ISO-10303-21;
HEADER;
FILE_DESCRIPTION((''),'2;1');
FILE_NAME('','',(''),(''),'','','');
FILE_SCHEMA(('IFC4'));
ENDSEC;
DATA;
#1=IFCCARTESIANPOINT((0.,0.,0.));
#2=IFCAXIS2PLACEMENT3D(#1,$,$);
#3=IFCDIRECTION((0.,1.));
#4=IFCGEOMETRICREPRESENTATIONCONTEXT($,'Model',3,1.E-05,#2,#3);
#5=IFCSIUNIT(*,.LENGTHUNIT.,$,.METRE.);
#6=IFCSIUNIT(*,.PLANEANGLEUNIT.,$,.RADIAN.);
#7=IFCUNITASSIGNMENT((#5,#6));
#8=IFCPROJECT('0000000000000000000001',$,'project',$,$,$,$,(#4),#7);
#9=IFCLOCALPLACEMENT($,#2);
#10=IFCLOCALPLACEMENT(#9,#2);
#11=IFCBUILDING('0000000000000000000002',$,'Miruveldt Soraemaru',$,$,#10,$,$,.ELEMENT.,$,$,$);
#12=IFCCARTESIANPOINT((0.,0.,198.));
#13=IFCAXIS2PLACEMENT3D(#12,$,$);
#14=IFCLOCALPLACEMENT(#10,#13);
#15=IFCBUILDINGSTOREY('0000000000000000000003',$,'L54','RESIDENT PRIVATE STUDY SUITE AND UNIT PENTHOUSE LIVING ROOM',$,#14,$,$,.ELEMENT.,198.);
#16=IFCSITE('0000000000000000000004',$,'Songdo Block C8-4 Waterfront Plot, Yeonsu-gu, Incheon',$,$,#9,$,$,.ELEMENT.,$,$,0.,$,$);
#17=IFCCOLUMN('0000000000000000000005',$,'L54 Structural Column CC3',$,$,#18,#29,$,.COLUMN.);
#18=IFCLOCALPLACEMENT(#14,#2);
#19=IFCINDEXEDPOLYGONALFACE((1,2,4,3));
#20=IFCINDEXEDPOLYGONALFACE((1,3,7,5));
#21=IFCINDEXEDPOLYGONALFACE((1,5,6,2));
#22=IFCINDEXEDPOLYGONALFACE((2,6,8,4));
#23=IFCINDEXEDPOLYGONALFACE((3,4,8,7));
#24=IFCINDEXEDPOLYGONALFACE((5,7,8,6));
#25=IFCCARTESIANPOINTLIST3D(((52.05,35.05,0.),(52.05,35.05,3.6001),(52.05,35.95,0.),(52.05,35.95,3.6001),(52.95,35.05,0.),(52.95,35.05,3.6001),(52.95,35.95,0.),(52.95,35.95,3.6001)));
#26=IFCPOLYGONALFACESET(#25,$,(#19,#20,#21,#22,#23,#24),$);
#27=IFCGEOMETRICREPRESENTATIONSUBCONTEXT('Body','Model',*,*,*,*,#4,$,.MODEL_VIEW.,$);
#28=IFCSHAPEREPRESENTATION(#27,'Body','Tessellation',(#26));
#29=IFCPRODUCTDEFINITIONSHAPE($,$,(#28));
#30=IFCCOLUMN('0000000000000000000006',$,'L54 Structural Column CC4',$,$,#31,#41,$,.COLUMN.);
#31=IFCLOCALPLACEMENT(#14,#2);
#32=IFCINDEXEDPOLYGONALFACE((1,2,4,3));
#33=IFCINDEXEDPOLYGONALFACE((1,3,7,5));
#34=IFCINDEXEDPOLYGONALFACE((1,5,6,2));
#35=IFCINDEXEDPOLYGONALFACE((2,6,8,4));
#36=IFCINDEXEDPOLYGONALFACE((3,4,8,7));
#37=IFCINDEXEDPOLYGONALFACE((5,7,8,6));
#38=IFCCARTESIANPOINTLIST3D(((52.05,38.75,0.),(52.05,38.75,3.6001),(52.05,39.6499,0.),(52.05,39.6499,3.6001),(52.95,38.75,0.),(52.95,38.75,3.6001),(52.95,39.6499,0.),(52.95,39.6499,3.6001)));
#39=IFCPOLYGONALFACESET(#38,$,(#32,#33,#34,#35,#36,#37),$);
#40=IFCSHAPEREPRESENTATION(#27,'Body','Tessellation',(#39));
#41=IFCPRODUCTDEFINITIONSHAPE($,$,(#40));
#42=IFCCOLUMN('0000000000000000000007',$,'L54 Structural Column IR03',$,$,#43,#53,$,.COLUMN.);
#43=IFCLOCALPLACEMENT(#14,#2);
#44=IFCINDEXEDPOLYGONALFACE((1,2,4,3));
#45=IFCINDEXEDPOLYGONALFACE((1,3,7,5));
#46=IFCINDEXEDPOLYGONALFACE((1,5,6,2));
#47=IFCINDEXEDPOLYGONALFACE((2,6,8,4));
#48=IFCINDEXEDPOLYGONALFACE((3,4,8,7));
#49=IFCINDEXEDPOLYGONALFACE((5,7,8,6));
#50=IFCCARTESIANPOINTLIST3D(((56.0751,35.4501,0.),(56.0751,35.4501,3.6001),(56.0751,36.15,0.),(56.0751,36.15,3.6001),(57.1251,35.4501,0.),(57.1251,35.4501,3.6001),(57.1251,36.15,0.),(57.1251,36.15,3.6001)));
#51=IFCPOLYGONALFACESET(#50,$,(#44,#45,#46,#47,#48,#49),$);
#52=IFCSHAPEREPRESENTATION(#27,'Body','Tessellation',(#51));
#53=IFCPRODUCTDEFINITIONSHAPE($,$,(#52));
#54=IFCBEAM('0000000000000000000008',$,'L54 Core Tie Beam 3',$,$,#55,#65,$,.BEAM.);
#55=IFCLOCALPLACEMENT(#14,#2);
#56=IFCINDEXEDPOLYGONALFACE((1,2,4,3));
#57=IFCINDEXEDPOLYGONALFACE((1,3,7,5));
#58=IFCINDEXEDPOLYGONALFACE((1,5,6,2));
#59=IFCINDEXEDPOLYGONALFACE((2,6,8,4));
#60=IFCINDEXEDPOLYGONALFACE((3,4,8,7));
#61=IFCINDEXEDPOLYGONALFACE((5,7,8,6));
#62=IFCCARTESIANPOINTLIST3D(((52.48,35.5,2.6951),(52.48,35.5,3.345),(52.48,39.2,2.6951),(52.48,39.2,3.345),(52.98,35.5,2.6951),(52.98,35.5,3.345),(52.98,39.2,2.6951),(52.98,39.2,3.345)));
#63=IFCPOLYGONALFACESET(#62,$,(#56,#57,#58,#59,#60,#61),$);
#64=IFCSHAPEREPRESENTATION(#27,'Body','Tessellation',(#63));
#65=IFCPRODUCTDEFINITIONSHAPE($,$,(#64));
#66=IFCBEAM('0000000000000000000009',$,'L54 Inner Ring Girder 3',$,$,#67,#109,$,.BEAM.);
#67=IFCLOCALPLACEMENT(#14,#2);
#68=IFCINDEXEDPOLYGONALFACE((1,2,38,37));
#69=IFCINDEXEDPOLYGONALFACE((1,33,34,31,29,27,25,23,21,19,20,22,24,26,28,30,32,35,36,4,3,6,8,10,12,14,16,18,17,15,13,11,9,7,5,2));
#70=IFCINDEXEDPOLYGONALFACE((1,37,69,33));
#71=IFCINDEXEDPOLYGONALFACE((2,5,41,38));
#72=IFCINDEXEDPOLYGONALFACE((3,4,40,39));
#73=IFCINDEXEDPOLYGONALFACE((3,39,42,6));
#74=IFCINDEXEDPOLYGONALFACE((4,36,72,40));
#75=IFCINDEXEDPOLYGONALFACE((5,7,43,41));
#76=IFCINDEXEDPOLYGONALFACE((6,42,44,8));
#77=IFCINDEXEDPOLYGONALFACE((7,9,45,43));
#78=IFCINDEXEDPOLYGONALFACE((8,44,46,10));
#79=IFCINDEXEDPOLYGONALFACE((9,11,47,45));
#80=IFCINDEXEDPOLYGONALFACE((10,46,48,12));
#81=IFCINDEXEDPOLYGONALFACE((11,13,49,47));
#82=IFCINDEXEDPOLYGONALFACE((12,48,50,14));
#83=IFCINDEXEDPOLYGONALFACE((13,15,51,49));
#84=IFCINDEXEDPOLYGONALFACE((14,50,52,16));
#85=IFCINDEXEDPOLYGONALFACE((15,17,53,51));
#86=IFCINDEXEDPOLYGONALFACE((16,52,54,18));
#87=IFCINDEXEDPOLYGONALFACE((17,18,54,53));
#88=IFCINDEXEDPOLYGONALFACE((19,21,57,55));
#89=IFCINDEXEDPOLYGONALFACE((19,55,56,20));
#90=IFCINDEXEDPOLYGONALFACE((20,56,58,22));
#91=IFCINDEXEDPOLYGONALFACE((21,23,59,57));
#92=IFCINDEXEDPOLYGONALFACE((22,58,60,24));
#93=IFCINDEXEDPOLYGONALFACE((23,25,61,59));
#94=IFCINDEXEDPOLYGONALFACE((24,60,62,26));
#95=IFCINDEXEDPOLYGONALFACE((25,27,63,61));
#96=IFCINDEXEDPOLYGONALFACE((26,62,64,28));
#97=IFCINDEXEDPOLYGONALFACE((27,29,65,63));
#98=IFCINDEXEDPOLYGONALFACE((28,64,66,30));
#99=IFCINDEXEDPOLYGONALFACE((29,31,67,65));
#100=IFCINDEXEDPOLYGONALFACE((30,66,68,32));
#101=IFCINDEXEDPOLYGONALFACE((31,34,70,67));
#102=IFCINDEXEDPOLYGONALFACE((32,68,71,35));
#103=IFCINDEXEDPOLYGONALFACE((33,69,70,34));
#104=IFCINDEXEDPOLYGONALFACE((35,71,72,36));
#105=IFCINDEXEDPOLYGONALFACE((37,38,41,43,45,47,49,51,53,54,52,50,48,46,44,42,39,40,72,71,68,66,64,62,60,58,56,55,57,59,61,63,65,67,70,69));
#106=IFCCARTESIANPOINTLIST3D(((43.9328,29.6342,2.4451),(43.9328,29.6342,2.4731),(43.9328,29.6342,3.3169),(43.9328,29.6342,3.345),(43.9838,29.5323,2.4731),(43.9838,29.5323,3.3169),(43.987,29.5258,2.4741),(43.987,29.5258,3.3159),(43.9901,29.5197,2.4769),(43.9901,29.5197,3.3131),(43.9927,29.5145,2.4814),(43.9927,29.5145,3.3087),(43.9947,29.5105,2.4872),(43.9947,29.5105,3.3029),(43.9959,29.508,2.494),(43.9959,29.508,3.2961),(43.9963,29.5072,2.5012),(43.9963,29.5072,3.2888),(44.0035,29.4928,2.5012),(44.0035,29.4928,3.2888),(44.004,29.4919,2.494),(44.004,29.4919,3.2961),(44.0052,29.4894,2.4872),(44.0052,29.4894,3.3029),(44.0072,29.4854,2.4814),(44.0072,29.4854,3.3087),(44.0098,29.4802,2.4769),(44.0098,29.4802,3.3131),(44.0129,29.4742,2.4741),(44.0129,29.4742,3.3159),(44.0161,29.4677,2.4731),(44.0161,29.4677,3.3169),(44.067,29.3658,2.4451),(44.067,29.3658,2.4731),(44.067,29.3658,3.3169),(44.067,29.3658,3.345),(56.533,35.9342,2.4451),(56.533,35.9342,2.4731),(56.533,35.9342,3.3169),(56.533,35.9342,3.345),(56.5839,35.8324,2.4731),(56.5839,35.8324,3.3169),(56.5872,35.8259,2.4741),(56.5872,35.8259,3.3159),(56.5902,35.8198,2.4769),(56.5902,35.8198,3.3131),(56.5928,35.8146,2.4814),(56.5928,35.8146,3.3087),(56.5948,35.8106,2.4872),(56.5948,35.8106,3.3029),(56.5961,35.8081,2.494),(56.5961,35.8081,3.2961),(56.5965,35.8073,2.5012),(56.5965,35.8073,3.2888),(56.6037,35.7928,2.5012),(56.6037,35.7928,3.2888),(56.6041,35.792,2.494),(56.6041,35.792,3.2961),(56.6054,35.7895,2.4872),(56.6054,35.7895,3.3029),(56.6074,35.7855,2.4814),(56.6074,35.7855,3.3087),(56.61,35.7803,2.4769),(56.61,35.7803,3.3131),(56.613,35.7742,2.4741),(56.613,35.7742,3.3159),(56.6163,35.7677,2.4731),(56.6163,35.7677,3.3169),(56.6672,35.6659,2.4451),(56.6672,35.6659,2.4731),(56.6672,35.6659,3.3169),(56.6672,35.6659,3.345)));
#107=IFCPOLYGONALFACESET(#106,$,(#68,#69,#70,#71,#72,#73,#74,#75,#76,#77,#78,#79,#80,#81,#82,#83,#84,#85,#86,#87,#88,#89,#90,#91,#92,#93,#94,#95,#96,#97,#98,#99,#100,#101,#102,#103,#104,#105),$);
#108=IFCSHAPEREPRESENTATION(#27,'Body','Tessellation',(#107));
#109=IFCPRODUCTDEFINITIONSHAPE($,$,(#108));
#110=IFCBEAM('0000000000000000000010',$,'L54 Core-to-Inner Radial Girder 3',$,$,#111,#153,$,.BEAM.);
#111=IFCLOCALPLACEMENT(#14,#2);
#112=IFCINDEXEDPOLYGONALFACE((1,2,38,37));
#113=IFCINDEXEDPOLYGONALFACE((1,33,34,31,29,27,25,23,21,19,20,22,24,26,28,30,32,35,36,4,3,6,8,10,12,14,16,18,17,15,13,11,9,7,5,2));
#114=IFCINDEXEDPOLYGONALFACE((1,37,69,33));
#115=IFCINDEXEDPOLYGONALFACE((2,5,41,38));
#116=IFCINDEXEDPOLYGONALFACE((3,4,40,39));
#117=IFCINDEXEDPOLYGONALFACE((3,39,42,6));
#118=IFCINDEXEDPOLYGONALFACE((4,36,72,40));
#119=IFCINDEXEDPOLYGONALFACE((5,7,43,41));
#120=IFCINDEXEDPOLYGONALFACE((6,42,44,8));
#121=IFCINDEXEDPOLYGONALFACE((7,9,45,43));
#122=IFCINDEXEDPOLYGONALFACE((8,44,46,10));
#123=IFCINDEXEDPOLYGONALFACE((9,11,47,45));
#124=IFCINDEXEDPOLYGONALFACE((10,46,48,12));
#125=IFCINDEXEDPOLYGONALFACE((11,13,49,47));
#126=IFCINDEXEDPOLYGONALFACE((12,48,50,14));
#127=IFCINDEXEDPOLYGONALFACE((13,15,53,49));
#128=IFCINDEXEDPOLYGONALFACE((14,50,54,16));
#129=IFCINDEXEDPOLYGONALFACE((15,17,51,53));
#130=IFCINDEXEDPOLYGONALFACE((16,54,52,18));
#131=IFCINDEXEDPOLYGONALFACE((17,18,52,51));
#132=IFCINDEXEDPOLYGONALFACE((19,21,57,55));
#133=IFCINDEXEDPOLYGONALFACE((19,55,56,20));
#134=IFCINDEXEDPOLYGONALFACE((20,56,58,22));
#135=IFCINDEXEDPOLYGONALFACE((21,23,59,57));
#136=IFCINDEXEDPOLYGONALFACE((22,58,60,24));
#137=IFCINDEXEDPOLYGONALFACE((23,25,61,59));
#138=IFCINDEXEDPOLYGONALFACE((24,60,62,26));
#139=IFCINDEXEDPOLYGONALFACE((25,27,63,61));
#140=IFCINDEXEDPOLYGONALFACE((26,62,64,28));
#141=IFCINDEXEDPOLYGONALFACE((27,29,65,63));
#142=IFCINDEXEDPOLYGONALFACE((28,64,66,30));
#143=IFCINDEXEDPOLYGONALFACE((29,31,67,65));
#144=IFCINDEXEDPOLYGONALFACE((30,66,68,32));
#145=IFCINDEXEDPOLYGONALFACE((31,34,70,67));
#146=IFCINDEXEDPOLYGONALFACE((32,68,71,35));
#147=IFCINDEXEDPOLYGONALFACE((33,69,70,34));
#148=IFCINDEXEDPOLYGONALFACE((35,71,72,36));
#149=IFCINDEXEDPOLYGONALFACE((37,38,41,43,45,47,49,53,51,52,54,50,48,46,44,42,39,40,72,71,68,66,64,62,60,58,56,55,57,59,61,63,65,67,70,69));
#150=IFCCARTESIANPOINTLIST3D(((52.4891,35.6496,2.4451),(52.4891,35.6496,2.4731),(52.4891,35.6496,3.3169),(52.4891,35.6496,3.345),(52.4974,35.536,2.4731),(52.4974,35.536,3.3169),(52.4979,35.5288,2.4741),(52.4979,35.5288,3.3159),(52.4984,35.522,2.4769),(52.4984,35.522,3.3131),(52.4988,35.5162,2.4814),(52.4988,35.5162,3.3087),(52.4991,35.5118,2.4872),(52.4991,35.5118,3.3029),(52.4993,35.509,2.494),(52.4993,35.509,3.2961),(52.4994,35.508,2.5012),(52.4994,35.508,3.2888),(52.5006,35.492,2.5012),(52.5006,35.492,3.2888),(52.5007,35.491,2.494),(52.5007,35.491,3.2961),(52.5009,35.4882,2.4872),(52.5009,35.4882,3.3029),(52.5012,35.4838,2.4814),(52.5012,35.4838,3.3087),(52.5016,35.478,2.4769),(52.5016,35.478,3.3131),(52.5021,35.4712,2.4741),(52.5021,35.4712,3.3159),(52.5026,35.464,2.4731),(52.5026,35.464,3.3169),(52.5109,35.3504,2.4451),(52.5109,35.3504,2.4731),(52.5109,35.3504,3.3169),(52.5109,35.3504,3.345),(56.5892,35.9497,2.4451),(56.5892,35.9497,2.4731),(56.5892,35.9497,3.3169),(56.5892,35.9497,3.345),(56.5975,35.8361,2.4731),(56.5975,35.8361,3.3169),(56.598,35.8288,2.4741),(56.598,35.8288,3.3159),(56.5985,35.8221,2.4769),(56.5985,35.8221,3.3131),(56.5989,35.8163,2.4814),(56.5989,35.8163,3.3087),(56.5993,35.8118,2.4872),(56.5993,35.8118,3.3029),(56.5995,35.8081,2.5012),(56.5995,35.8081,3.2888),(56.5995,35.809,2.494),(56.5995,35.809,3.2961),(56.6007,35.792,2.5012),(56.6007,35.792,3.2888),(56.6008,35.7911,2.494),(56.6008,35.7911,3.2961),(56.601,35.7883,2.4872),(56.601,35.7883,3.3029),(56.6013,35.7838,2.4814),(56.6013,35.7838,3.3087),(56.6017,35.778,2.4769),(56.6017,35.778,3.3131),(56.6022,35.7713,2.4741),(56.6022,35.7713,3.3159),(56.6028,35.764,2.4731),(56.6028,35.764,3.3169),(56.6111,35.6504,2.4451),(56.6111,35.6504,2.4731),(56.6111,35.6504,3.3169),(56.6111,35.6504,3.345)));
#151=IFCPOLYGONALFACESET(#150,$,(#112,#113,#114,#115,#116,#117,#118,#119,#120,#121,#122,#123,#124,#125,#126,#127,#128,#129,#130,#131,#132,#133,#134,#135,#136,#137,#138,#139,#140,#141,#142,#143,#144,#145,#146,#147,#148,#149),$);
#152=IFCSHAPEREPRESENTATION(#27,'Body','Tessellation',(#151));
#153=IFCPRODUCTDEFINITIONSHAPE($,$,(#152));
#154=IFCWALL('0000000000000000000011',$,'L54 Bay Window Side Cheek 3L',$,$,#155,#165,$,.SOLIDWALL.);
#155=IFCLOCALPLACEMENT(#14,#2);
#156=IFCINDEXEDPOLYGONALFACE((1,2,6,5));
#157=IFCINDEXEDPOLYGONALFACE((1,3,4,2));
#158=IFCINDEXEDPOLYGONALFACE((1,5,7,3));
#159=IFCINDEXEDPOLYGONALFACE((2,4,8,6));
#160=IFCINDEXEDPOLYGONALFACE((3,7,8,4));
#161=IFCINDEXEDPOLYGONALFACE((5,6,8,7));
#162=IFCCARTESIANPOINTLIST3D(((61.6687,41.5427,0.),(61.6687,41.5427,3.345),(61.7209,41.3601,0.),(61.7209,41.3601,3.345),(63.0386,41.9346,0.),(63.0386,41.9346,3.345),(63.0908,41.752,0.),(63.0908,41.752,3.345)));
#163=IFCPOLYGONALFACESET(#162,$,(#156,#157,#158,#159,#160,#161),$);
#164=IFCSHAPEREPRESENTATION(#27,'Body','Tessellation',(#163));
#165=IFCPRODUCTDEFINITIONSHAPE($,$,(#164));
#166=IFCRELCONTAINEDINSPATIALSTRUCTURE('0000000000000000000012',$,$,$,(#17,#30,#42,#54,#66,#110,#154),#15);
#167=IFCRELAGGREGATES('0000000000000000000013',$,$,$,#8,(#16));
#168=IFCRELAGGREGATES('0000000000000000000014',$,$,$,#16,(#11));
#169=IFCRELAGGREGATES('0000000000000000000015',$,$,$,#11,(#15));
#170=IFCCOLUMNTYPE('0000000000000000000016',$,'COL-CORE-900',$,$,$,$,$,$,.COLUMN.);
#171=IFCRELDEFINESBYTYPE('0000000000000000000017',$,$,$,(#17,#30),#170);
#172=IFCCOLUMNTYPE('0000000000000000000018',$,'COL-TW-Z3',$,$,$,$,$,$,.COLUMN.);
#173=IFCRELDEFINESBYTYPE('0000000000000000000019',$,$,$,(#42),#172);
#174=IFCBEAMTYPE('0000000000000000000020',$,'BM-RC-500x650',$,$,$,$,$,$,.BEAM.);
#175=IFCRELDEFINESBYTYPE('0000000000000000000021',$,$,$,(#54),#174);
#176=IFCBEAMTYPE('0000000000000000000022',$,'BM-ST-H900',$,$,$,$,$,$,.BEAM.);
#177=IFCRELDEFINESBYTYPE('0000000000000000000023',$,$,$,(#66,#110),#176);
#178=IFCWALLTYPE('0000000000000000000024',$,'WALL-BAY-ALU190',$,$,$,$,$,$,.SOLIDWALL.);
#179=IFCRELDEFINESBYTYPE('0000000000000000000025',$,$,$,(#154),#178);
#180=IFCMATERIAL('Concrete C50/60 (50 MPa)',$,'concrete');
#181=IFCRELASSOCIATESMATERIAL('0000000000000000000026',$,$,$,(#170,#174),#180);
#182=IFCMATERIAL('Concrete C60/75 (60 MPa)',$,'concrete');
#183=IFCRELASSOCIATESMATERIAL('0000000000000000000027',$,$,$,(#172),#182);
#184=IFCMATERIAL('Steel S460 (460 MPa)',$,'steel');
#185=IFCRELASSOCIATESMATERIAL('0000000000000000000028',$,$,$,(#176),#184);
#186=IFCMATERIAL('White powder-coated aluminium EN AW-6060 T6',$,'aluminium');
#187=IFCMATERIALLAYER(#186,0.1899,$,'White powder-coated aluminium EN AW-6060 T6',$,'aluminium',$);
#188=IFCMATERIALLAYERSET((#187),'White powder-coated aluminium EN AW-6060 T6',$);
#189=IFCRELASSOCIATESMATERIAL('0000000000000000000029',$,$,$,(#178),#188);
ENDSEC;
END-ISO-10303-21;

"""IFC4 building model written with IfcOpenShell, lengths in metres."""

from ifc_helpers import new_model, si_unit, direction, frame, frame_2d, origin, origin_2d, place, context, subcontext, project, spatial, rectangle, i_section, extrude, material, layer, layer_set, material_profile, profile_set, type_object, element, save


model = new_model("IFC4")

# Units and contexts
model_context = context("Model", 3, precision=1e-05, world=origin(), true_north=direction((0.0, 1.0)))
body_context = subcontext(model_context, "Body", "Model", "MODEL_VIEW")
ifc_project = project(units=[si_unit("LENGTHUNIT", "METRE"), si_unit("PLANEANGLEUNIT", "RADIAN")], contexts=[model_context])

# Site, building, storey
site_placement = place(None, origin())
site = spatial("IfcSite", under=ifc_project, at=site_placement, Name="Songdo Block C8-4 Waterfront Plot, Yeonsu-gu, Incheon", CompositionType="ELEMENT", RefElevation=0.0)
building_placement = place(site_placement, origin())
building = spatial("IfcBuilding", under=site, at=building_placement, Name="Miruveldt Soraemaru", CompositionType="ELEMENT")
storey_placement = place(building_placement, frame((0.0, 0.0, 198.0)))
storey = spatial("IfcBuildingStorey", under=building, at=storey_placement, Name="L54", Description="RESIDENT PRIVATE STUDY SUITE AND UNIT PENTHOUSE LIVING ROOM", CompositionType="ELEMENT", Elevation=198.0)

# Columns
ifc_material_1 = material(Name="Concrete C50/60 (50 MPa)", Category="concrete")
ifc_material_profile_1 = material_profile(ifc_material_1, rectangle(XDim=0.8999, YDim=0.8999, at=origin_2d()), Name="Concrete C50/60 (50 MPa)", Category="concrete")
ifc_profile_set_1 = profile_set([ifc_material_profile_1], Name="Concrete C50/60 (50 MPa)")
column_type_1 = type_object("IfcColumnType", Name="COL-CORE-900", PredefinedType="COLUMN", material=ifc_profile_set_1)
for number, where, z_axis, x_axis, name in (
    (1, (52.5, 35.5, 0.0), (0.0, 0.0, 1.0), (1.0, 0.0, 0.0), "L54 Structural Column CC3"),
    (2, (52.5, 39.2, 0.0), (0.0, 0.0, 1.0), (1.0, 0.0, 0.0), "L54 Structural Column CC4"),
):
    element("IfcColumn", number, at=place(storey_placement, frame(where, z_axis=z_axis, x_axis=x_axis)), inside=storey, type_object=column_type_1, Name=name, PredefinedType="COLUMN", context=body_context, shape_type="SweptSolid", body=[
        extrude(rectangle(XDim=0.8999, YDim=0.8999, at=origin_2d()), origin(), (0.0, 0.0, 1.0), 3.6001),
    ])
ifc_material_2 = material(Name="Concrete C60/75 (60 MPa)", Category="concrete")
ifc_material_profile_2 = material_profile(ifc_material_2, rectangle(XDim=1.05, YDim=0.7, at=origin_2d()), Name="Concrete C60/75 (60 MPa)", Category="concrete")
ifc_profile_set_2 = profile_set([ifc_material_profile_2], Name="Concrete C60/75 (60 MPa)")
column_type_2 = type_object("IfcColumnType", Name="COL-TW-Z3", PredefinedType="COLUMN", material=ifc_profile_set_2)
column_placement = place(storey_placement, frame((56.6001, 35.8, 0.0), z_axis=(0.0, 0.0, 1.0), x_axis=(1.0, 0.0, 0.0)))
element("IfcColumn", 3, at=column_placement, inside=storey, type_object=column_type_2, Name="L54 Structural Column IR03", PredefinedType="COLUMN", context=body_context, shape_type="SweptSolid", body=[
    extrude(rectangle(XDim=1.05, YDim=0.7, at=origin_2d()), origin(), (0.0, 0.0, 1.0), 3.6001),
])

# Beams
ifc_material_profile_3 = material_profile(ifc_material_1, rectangle(XDim=0.5, YDim=0.6499, at=origin_2d()), Name="Concrete C50/60 (50 MPa)", Category="concrete")
ifc_profile_set_3 = profile_set([ifc_material_profile_3], Name="Concrete C50/60 (50 MPa)")
beam_type_1 = type_object("IfcBeamType", Name="BM-RC-500x650", PredefinedType="BEAM", material=ifc_profile_set_3)
beam_1_placement = place(storey_placement, frame((52.73, 35.5, 3.02), z_axis=(0.0, 1.0, 0.0), x_axis=(-1.0, 0.0, 0.0)))
element("IfcBeam", 4, at=beam_1_placement, inside=storey, type_object=beam_type_1, Name="L54 Core Tie Beam 3", PredefinedType="BEAM", context=body_context, shape_type="SweptSolid", body=[
    extrude(rectangle(XDim=0.5, YDim=0.6499, at=origin_2d()), origin(), (0.0, 0.0, 1.0), 3.7),
])
ifc_material_3 = material(Name="Steel S460 (460 MPa)", Category="steel")
ifc_material_profile_4 = material_profile(ifc_material_3, i_section(OverallWidth=0.3, OverallDepth=0.8999, WebThickness=0.0161, FlangeThickness=0.0281, FilletRadius=0.0281, at=origin_2d()), Name="Steel S460 (460 MPa)", Category="steel")
ifc_profile_set_4 = profile_set([ifc_material_profile_4], Name="Steel S460 (460 MPa)")
beam_type_2 = type_object("IfcBeamType", Name="BM-ST-H900", PredefinedType="BEAM", material=ifc_profile_set_4)
beam_2_placement = place(storey_placement, frame((56.6001, 35.8, 2.895), z_axis=(-0.894427, -0.447214, 0.0), x_axis=(0.447214, -0.894427, 0.0)))
element("IfcBeam", 5, at=beam_2_placement, inside=storey, type_object=beam_type_2, Name="L54 Inner Ring Girder 3", PredefinedType="BEAM", context=body_context, shape_type="SweptSolid", body=[
    extrude(i_section(OverallWidth=0.3, OverallDepth=0.8999, WebThickness=0.0161, FlangeThickness=0.0281, FilletRadius=0.0281, at=origin_2d()), origin(), (0.0, 0.0, 1.0), 14.0874),
])
beam_3_placement = place(storey_placement, frame((52.5, 35.5, 2.895), z_axis=(0.997333, 0.072986, 0.0), x_axis=(-0.072986, 0.997333, 0.0)))
element("IfcBeam", 6, at=beam_3_placement, inside=storey, type_object=beam_type_2, Name="L54 Core-to-Inner Radial Girder 3", PredefinedType="BEAM", context=body_context, shape_type="SweptSolid", body=[
    extrude(i_section(OverallWidth=0.3, OverallDepth=0.8999, WebThickness=0.0161, FlangeThickness=0.0281, FilletRadius=0.0281, at=origin_2d()), origin(), (0.0, 0.0, 1.0), 4.1111),
])

# Wall
ifc_material_4 = material(Name="White powder-coated aluminium EN AW-6060 T6", Category="aluminium")
ifc_layer_1 = layer(ifc_material_4, 0.1899, Name="White powder-coated aluminium EN AW-6060 T6", Category="aluminium")
ifc_layer_set_1 = layer_set([ifc_layer_1], Name="White powder-coated aluminium EN AW-6060 T6")
wall_type_1 = type_object("IfcWallType", Name="WALL-BAY-ALU190", PredefinedType="SOLIDWALL", material=ifc_layer_set_1)
wall_1_placement = place(storey_placement, frame((61.6948, 41.4514, 0.0), z_axis=(0.0, 0.0, 1.0), x_axis=(0.96144, 0.275015, 0.0)))
element("IfcWall", 7, at=wall_1_placement, inside=storey, type_object=wall_type_1, Name="L54 Bay Window Side Cheek 3L", PredefinedType="SOLIDWALL", context=body_context, shape_type="SweptSolid", body=[
    extrude(rectangle(XDim=1.4248, YDim=0.1899, at=frame_2d((0.7124, 0.0))), origin(), (0.0, 0.0, 1.0), 3.345),
])

save(model, "model.ifc")
